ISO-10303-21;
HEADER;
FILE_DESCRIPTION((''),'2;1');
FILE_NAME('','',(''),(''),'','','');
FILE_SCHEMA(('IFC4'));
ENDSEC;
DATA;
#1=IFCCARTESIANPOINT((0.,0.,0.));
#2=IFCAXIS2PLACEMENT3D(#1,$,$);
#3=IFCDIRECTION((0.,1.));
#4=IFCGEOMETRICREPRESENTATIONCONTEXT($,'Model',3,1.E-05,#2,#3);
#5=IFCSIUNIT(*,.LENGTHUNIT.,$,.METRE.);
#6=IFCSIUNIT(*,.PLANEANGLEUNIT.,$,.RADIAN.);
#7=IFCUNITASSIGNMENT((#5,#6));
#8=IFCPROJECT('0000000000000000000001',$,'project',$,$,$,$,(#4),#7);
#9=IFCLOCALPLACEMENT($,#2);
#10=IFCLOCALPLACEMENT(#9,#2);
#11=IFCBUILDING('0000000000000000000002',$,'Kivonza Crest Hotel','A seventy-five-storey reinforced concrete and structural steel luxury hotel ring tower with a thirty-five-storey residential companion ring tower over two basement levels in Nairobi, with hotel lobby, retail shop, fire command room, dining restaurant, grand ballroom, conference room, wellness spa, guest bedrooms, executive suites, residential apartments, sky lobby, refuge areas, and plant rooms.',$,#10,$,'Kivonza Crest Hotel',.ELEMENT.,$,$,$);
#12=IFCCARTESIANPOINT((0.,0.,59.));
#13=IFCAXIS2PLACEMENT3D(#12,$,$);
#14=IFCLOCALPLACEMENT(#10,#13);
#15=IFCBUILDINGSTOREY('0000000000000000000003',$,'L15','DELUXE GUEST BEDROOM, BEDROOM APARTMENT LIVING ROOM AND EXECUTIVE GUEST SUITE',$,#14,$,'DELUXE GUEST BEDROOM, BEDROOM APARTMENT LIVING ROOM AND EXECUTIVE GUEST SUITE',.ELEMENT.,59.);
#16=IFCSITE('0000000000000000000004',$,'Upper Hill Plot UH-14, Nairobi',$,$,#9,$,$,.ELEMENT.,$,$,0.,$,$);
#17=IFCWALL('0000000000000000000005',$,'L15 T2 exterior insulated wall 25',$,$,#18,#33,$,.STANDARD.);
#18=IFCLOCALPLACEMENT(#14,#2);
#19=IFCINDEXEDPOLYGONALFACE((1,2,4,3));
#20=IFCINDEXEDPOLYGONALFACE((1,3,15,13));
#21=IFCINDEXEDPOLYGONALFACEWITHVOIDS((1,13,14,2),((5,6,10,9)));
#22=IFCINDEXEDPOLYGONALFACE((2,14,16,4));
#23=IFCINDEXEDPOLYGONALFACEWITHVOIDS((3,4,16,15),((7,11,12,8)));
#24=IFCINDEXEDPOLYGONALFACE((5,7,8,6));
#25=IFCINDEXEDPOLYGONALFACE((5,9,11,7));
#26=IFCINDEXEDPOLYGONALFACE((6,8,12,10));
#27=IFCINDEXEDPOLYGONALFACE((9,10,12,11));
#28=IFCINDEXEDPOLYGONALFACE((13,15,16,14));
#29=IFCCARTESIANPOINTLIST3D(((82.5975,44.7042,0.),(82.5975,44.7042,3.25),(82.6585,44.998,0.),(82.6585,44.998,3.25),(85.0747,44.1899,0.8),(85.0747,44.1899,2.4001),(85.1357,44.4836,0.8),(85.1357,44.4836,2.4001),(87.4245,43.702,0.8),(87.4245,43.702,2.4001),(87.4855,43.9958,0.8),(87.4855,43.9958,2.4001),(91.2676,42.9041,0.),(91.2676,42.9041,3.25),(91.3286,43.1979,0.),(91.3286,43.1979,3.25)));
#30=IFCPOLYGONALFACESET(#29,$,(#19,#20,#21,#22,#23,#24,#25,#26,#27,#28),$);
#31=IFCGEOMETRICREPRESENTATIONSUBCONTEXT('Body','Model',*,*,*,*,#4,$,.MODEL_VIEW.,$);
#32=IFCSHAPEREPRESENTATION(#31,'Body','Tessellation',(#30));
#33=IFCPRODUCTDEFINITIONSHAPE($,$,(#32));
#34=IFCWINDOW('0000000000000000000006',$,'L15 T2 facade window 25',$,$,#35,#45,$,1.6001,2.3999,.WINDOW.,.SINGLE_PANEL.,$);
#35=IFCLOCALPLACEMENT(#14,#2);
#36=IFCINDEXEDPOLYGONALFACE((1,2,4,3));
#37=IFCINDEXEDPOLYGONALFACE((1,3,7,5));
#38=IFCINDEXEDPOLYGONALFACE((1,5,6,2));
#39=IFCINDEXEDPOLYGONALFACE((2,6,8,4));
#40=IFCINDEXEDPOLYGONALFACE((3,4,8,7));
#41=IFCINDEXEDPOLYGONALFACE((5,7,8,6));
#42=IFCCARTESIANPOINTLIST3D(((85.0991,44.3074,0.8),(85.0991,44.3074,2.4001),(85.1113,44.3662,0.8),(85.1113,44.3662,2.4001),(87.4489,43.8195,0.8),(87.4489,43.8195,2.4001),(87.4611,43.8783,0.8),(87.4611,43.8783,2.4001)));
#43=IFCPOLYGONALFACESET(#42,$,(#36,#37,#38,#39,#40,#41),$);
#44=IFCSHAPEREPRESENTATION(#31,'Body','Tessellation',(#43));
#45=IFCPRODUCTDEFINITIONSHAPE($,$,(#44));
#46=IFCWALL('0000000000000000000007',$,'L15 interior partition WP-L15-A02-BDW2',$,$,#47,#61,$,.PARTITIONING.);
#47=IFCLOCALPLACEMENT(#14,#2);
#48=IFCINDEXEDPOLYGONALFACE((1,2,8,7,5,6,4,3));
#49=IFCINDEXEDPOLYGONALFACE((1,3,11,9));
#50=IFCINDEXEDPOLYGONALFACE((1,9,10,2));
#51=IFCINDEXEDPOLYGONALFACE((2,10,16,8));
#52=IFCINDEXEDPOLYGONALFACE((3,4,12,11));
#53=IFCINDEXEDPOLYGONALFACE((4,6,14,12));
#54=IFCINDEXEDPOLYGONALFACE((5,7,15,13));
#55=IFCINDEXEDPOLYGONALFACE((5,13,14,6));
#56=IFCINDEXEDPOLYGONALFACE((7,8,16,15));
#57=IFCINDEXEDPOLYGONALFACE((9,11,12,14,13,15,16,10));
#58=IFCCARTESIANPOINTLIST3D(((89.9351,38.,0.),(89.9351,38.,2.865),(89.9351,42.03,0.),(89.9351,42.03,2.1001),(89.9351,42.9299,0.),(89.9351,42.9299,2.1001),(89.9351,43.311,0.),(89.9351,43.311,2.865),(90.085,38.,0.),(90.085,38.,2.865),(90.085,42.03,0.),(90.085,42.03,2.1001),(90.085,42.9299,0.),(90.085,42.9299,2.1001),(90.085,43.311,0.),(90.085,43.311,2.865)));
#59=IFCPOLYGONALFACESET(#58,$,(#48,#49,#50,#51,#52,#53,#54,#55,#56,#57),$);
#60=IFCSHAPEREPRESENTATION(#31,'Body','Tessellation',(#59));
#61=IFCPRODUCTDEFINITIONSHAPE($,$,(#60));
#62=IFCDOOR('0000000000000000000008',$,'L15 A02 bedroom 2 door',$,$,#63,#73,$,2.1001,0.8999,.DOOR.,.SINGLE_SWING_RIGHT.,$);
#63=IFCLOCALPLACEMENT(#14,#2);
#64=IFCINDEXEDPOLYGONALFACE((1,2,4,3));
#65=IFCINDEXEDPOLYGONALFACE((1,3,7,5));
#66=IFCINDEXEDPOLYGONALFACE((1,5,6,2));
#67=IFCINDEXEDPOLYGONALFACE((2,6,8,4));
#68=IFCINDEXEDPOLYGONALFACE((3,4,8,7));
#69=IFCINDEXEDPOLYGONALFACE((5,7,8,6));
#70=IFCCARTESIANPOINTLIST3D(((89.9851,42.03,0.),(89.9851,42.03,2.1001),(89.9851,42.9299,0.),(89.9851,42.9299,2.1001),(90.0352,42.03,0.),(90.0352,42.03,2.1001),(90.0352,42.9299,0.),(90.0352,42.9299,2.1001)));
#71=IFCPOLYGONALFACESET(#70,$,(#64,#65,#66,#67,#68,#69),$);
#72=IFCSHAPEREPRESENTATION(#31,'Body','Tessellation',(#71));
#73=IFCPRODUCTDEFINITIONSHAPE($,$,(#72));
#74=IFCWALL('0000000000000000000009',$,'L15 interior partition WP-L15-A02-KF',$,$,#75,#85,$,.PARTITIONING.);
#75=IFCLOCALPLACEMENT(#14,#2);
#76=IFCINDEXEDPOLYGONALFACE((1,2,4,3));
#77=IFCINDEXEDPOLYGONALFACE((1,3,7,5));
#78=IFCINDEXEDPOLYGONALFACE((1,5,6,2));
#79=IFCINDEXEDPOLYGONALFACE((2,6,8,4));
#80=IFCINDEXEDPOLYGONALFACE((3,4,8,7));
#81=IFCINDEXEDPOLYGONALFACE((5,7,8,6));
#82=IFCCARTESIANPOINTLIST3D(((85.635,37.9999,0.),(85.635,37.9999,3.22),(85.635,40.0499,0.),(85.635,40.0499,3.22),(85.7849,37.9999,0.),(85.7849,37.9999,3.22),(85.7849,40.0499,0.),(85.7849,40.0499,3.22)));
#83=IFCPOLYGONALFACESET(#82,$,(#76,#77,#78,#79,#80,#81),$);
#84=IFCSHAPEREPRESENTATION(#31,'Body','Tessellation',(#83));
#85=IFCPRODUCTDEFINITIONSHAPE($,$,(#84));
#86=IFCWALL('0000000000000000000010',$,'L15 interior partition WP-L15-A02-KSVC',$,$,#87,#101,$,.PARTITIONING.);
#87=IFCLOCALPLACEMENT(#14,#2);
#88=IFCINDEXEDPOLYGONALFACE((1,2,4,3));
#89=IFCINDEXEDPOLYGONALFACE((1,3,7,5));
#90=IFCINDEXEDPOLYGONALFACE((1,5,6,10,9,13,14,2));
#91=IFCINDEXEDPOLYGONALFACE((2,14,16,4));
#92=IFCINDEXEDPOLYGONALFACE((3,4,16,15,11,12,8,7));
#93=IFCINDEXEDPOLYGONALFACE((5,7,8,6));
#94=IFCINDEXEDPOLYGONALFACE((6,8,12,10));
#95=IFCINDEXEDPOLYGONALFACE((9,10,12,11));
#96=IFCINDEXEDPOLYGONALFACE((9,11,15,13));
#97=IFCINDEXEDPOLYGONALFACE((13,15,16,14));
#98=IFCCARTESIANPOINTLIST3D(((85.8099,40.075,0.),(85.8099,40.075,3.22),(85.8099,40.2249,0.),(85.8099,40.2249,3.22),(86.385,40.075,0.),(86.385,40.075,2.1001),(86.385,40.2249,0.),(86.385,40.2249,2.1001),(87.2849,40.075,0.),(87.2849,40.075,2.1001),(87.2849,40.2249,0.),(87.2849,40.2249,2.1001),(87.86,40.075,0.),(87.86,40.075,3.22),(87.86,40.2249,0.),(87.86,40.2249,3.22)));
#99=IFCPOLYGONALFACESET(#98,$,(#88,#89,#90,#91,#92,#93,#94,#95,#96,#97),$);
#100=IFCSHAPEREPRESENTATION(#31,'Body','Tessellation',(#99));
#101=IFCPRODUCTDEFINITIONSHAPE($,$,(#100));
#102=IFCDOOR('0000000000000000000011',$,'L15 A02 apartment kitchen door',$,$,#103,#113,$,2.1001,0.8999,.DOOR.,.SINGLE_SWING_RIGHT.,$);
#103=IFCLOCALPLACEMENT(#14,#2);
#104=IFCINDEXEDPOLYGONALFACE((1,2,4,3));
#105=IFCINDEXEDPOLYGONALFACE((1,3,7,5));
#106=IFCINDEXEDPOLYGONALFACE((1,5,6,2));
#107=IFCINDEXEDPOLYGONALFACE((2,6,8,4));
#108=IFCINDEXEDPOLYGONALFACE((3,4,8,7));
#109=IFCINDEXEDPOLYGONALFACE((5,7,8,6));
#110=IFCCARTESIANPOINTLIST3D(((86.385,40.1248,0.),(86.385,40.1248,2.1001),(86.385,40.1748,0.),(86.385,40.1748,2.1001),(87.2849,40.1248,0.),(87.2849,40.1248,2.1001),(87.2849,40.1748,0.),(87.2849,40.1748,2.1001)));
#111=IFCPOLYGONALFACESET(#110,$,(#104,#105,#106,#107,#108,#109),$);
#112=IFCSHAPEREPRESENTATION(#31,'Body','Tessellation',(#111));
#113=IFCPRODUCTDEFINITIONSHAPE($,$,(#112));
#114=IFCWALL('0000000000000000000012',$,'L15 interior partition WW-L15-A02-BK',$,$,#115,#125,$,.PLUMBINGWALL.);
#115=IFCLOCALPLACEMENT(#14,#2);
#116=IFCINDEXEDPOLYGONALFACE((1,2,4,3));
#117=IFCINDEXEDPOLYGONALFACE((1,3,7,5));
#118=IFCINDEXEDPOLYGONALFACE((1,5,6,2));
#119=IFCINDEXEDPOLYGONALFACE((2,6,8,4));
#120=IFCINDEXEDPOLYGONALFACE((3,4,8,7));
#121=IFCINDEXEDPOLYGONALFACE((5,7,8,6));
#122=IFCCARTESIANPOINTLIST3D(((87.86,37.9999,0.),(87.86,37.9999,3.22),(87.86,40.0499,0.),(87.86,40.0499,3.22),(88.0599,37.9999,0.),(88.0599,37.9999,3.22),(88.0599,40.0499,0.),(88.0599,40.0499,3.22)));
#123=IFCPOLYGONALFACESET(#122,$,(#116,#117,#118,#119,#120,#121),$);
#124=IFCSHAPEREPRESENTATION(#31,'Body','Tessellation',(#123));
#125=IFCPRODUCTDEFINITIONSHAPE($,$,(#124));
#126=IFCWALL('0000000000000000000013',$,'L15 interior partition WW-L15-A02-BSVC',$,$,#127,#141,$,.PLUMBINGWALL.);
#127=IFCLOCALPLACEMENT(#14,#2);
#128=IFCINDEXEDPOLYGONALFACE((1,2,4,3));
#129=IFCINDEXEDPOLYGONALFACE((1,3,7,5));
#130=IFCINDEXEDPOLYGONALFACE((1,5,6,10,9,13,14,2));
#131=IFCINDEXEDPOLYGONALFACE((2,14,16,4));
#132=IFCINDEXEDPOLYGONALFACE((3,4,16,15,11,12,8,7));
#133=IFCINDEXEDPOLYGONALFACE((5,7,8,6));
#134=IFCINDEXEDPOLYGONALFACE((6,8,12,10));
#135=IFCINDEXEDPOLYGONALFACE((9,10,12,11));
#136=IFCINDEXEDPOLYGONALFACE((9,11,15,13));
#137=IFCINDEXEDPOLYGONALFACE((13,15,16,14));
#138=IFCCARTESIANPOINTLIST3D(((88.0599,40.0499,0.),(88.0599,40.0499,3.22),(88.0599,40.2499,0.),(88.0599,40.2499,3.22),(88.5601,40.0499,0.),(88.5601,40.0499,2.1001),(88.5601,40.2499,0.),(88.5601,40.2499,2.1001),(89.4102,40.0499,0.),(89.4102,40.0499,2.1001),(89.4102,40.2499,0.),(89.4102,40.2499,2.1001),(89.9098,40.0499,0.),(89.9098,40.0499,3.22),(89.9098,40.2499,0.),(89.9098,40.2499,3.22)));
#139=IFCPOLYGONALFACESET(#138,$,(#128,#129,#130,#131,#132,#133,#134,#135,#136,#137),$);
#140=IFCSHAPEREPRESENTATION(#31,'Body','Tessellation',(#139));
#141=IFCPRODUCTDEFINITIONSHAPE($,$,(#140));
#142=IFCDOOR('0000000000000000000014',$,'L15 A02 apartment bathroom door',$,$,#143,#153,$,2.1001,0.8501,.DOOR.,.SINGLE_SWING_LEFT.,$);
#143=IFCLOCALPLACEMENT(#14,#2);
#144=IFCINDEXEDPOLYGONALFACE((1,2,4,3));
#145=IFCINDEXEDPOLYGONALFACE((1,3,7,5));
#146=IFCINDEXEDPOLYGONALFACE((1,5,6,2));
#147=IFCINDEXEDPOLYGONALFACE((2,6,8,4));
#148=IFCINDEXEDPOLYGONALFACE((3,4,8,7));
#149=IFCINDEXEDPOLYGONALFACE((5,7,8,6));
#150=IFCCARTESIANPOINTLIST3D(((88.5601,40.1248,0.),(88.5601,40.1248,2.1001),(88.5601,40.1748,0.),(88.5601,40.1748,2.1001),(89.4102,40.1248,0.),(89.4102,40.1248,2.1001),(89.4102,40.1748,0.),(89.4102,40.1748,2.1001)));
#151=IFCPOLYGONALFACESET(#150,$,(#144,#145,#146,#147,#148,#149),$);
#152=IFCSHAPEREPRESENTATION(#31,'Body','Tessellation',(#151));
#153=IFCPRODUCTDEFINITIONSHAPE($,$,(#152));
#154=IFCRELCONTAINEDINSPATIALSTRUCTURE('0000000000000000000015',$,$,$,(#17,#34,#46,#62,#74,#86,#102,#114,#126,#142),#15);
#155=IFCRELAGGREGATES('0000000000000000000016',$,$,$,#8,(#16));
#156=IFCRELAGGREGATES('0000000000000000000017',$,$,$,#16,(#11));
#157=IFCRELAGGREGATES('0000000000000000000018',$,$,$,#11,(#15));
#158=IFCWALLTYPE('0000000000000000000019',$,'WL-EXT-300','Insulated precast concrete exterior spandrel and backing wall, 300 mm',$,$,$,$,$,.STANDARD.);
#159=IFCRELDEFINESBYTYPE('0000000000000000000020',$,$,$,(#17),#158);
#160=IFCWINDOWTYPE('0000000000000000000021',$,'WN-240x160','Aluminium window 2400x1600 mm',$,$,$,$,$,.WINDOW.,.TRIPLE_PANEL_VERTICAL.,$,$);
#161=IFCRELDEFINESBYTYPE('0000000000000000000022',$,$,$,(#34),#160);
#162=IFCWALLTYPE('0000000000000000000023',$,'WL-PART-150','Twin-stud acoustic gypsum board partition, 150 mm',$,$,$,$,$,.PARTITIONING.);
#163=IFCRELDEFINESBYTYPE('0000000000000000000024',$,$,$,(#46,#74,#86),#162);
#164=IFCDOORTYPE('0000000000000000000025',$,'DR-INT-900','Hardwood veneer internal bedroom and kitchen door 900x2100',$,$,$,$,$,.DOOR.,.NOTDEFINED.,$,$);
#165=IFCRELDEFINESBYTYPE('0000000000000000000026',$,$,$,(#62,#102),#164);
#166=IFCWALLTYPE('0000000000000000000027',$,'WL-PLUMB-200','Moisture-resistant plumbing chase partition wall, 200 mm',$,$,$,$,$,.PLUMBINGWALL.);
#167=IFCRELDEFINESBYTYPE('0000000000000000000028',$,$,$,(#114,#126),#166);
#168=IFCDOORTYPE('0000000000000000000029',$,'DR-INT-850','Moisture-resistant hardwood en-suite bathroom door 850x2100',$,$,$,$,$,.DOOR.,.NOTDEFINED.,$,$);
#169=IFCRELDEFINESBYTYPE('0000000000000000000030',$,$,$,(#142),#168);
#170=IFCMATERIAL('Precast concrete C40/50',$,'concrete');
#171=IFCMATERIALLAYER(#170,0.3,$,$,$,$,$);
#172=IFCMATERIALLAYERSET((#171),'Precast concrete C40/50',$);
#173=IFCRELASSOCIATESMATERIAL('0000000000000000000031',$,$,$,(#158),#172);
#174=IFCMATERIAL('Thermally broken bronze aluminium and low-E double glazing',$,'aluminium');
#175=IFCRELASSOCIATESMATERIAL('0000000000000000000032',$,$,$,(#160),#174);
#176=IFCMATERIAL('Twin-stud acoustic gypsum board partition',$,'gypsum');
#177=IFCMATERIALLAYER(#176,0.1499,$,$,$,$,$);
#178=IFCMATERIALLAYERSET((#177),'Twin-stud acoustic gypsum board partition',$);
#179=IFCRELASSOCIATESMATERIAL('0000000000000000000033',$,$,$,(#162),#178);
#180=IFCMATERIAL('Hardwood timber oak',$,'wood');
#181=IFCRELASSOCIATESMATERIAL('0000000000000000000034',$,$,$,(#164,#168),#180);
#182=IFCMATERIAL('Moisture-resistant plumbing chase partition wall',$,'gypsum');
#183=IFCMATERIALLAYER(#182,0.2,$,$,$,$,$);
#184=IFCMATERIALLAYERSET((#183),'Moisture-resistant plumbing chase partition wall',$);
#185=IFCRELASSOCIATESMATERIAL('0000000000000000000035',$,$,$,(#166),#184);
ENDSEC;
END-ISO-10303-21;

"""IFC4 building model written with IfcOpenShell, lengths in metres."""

from ifc_helpers import new_model, si_unit, direction, frame, frame_2d, origin, place, context, subcontext, project, spatial, rectangle, extrude, material, layer, layer_set, type_object, element, fill, save


model = new_model("IFC4")

# Units and contexts
model_context = context("Model", 3, precision=1e-05, world=origin(), true_north=direction((0.0, 1.0)))
body_context = subcontext(model_context, "Body", "Model", "MODEL_VIEW")
ifc_project = project(units=[si_unit("LENGTHUNIT", "METRE"), si_unit("PLANEANGLEUNIT", "RADIAN")], contexts=[model_context])

# Site, building, storey
site_placement = place(None, origin())
site = spatial("IfcSite", under=ifc_project, at=site_placement, Name="Upper Hill Plot UH-14, Nairobi", CompositionType="ELEMENT", RefElevation=0.0)
building_placement = place(site_placement, origin())
building = spatial("IfcBuilding", under=site, at=building_placement, Name="Kivonza Crest Hotel", Description="A seventy-five-storey reinforced concrete and structural steel luxury hotel ring tower with a thirty-five-storey residential companion ring tower over two basement levels in Nairobi, with hotel lobby, retail shop, fire command room, dining restaurant, grand ballroom, conference room, wellness spa, guest bedrooms, executive suites, residential apartments, sky lobby, refuge areas, and plant rooms.", LongName="Kivonza Crest Hotel", CompositionType="ELEMENT")
storey_placement = place(building_placement, frame((0.0, 0.0, 59.0)))
storey = spatial("IfcBuildingStorey", under=building, at=storey_placement, Name="L15", Description="DELUXE GUEST BEDROOM, BEDROOM APARTMENT LIVING ROOM AND EXECUTIVE GUEST SUITE", LongName="DELUXE GUEST BEDROOM, BEDROOM APARTMENT LIVING ROOM AND EXECUTIVE GUEST SUITE", CompositionType="ELEMENT", Elevation=59.0)

# Shared definitions
ifc_material_1 = material(Name="Precast concrete C40/50", Category="concrete")
ifc_layer_1 = layer(ifc_material_1, 0.3)
ifc_layer_set_1 = layer_set([ifc_layer_1], Name="Precast concrete C40/50")
wall_type_1 = type_object("IfcWallType", Name="WL-EXT-300", Description="Insulated precast concrete exterior spandrel and backing wall, 300 mm", PredefinedType="STANDARD", material=ifc_layer_set_1)

# Wall, opening, window
wall_1_placement = place(storey_placement, frame((91.2981, 43.051, 0.0), z_axis=(0.0, 0.0, 1.0), x_axis=(-0.979121, 0.203279, 0.0)))
wall_1 = element("IfcWall", 1, at=wall_1_placement, inside=storey, type_object=wall_type_1, Name="L15 T2 exterior insulated wall 25", PredefinedType="STANDARD", context=body_context, shape_type="SweptSolid", body=[
    extrude(rectangle(XDim=8.855, YDim=0.3, at=frame_2d((4.4275, 0.0))), origin(), (0.0, 0.0, 1.0), 3.25),
])
opening_1_placement = place(wall_1_placement, frame((3.925, 0.0, 0.8)))
opening_1 = element("IfcOpeningElement", 2, at=opening_1_placement, cuts=wall_1, PredefinedType="OPENING", context=body_context, shape_type="SweptSolid", body=[
    extrude(rectangle(XDim=2.3999, YDim=1.6001, at=frame_2d((1.2, 0.8))), frame((0.0, 0.1602, 0.0), z_axis=(0.0, -1.0, 0.0), x_axis=(1.0, 0.0, 0.0)), (0.0, 0.0, 1.0), 0.3201),
])
ifc_material_2 = material(Name="Thermally broken bronze aluminium and low-E double glazing", Category="aluminium")
window_type = type_object("IfcWindowType", Name="WN-240x160", Description="Aluminium window 2400x1600 mm", PartitioningType="TRIPLE_PANEL_VERTICAL", PredefinedType="WINDOW", material=ifc_material_2)
window_placement = place(opening_1_placement, origin())
window = element("IfcWindow", 3, at=window_placement, inside=storey, type_object=window_type, Name="L15 T2 facade window 25", OverallHeight=1.6001, OverallWidth=2.3999, PartitioningType="SINGLE_PANEL", PredefinedType="WINDOW", context=body_context, shape_type="SweptSolid", body=[
    extrude(rectangle(XDim=2.3999, YDim=1.6001, at=frame_2d((1.2, 0.8))), frame((0.0, 0.03, 0.0), z_axis=(0.0, -1.0, 0.0), x_axis=(1.0, 0.0, 0.0)), (0.0, 0.0, 1.0), 0.0601),
])
fill(opening_1, window)

# Wall, opening, door
ifc_material_3 = material(Name="Twin-stud acoustic gypsum board partition", Category="gypsum")
ifc_layer_2 = layer(ifc_material_3, 0.1499)
ifc_layer_set_2 = layer_set([ifc_layer_2], Name="Twin-stud acoustic gypsum board partition")
wall_type_2 = type_object("IfcWallType", Name="WL-PART-150", Description="Twin-stud acoustic gypsum board partition, 150 mm", PredefinedType="PARTITIONING", material=ifc_layer_set_2)
wall_2_placement = place(storey_placement, frame((90.01, 38.0, 0.0), z_axis=(0.0, 0.0, 1.0), x_axis=(0.0, 1.0, 0.0)))
wall_2 = element("IfcWall", 4, at=wall_2_placement, inside=storey, type_object=wall_type_2, Name="L15 interior partition WP-L15-A02-BDW2", PredefinedType="PARTITIONING", context=body_context, shape_type="SweptSolid", body=[
    extrude(rectangle(XDim=5.311, YDim=0.1499, at=frame_2d((2.6555, 0.0))), origin(), (0.0, 0.0, 1.0), 2.865),
])
opening_2_placement = place(wall_2_placement, frame((4.03, 0.0, 0.0)))
opening_2 = element("IfcOpeningElement", 5, at=opening_2_placement, cuts=wall_2, PredefinedType="OPENING", context=body_context, shape_type="SweptSolid", body=[
    extrude(rectangle(XDim=0.8999, YDim=2.1001, at=frame_2d((0.45, 1.05))), frame((0.0, 0.085, 0.0), z_axis=(0.0, -1.0, 0.0), x_axis=(1.0, 0.0, 0.0)), (0.0, 0.0, 1.0), 0.1699),
])
ifc_material_4 = material(Name="Hardwood timber oak", Category="wood")
door_type_1 = type_object("IfcDoorType", Name="DR-INT-900", Description="Hardwood veneer internal bedroom and kitchen door 900x2100", OperationType="NOTDEFINED", PredefinedType="DOOR", material=ifc_material_4)
door_1_placement = place(opening_2_placement, origin())
door_1 = element("IfcDoor", 6, at=door_1_placement, inside=storey, type_object=door_type_1, Name="L15 A02 bedroom 2 door", OperationType="SINGLE_SWING_RIGHT", OverallHeight=2.1001, OverallWidth=0.8999, PredefinedType="DOOR", context=body_context, shape_type="SweptSolid", body=[
    extrude(rectangle(XDim=0.8999, YDim=2.1001, at=frame_2d((0.45, 1.05))), frame((0.0, 0.0249, 0.0), z_axis=(0.0, -1.0, 0.0), x_axis=(1.0, 0.0, 0.0)), (0.0, 0.0, 1.0), 0.05),
])
fill(opening_2, door_1)

# Wall
wall_3_placement = place(storey_placement, frame((85.71, 38.0, 0.0), z_axis=(0.0, 0.0, 1.0), x_axis=(0.0, 1.0, 0.0)))
element("IfcWall", 7, at=wall_3_placement, inside=storey, type_object=wall_type_2, Name="L15 interior partition WP-L15-A02-KF", PredefinedType="PARTITIONING", context=body_context, shape_type="SweptSolid", body=[
    extrude(rectangle(XDim=2.05, YDim=0.1499, at=frame_2d((1.0249, 0.0))), origin(), (0.0, 0.0, 1.0), 3.22),
])

# Wall, opening, door
wall_4_placement = place(storey_placement, frame((85.8101, 40.1499, 0.0), z_axis=(0.0, 0.0, 1.0), x_axis=(1.0, 0.0, 0.0)))
wall_4 = element("IfcWall", 8, at=wall_4_placement, inside=storey, type_object=wall_type_2, Name="L15 interior partition WP-L15-A02-KSVC", PredefinedType="PARTITIONING", context=body_context, shape_type="SweptSolid", body=[
    extrude(rectangle(XDim=2.05, YDim=0.1499, at=frame_2d((1.0249, 0.0))), origin(), (0.0, 0.0, 1.0), 3.22),
])
opening_3_placement = place(wall_4_placement, frame((0.575, 0.0, 0.0)))
opening_3 = element("IfcOpeningElement", 9, at=opening_3_placement, cuts=wall_4, PredefinedType="OPENING", context=body_context, shape_type="SweptSolid", body=[
    extrude(rectangle(XDim=0.8999, YDim=2.1001, at=frame_2d((0.45, 1.05))), frame((0.0, 0.085, 0.0), z_axis=(0.0, -1.0, 0.0), x_axis=(1.0, 0.0, 0.0)), (0.0, 0.0, 1.0), 0.1699),
])
door_2_placement = place(opening_3_placement, origin())
door_2 = element("IfcDoor", 10, at=door_2_placement, inside=storey, type_object=door_type_1, Name="L15 A02 apartment kitchen door", OperationType="SINGLE_SWING_RIGHT", OverallHeight=2.1001, OverallWidth=0.8999, PredefinedType="DOOR", context=body_context, shape_type="SweptSolid", body=[
    extrude(rectangle(XDim=0.8999, YDim=2.1001, at=frame_2d((0.45, 1.05))), frame((0.0, 0.0249, 0.0), z_axis=(0.0, -1.0, 0.0), x_axis=(1.0, 0.0, 0.0)), (0.0, 0.0, 1.0), 0.05),
])
fill(opening_3, door_2)

# Wall
ifc_material_5 = material(Name="Moisture-resistant plumbing chase partition wall", Category="gypsum")
ifc_layer_3 = layer(ifc_material_5, 0.2)
ifc_layer_set_3 = layer_set([ifc_layer_3], Name="Moisture-resistant plumbing chase partition wall")
wall_type_3 = type_object("IfcWallType", Name="WL-PLUMB-200", Description="Moisture-resistant plumbing chase partition wall, 200 mm", PredefinedType="PLUMBINGWALL", material=ifc_layer_set_3)
wall_5_placement = place(storey_placement, frame((87.96, 38.0, 0.0), z_axis=(0.0, 0.0, 1.0), x_axis=(0.0, 1.0, 0.0)))
element("IfcWall", 11, at=wall_5_placement, inside=storey, type_object=wall_type_3, Name="L15 interior partition WW-L15-A02-BK", PredefinedType="PLUMBINGWALL", context=body_context, shape_type="SweptSolid", body=[
    extrude(rectangle(XDim=2.05, YDim=0.2, at=frame_2d((1.0249, 0.0))), origin(), (0.0, 0.0, 1.0), 3.22),
])

# Wall, opening, door
wall_6_placement = place(storey_placement, frame((88.0601, 40.1499, 0.0), z_axis=(0.0, 0.0, 1.0), x_axis=(1.0, 0.0, 0.0)))
wall_6 = element("IfcWall", 12, at=wall_6_placement, inside=storey, type_object=wall_type_3, Name="L15 interior partition WW-L15-A02-BSVC", PredefinedType="PLUMBINGWALL", context=body_context, shape_type="SweptSolid", body=[
    extrude(rectangle(XDim=1.8499, YDim=0.2, at=frame_2d((0.9248, 0.0))), origin(), (0.0, 0.0, 1.0), 3.22),
])
opening_4_placement = place(wall_6_placement, frame((0.5, 0.0, 0.0)))
opening_4 = element("IfcOpeningElement", 13, at=opening_4_placement, cuts=wall_6, PredefinedType="OPENING", context=body_context, shape_type="SweptSolid", body=[
    extrude(rectangle(XDim=0.8501, YDim=2.1001, at=frame_2d((0.425, 1.05))), frame((0.0, 0.1099, 0.0), z_axis=(0.0, -1.0, 0.0), x_axis=(1.0, 0.0, 0.0)), (0.0, 0.0, 1.0), 0.22),
])
door_type_2 = type_object("IfcDoorType", Name="DR-INT-850", Description="Moisture-resistant hardwood en-suite bathroom door 850x2100", OperationType="NOTDEFINED", PredefinedType="DOOR", material=ifc_material_4)
door_3_placement = place(opening_4_placement, origin())
door_3 = element("IfcDoor", 14, at=door_3_placement, inside=storey, type_object=door_type_2, Name="L15 A02 apartment bathroom door", OperationType="SINGLE_SWING_LEFT", OverallHeight=2.1001, OverallWidth=0.8501, PredefinedType="DOOR", context=body_context, shape_type="SweptSolid", body=[
    extrude(rectangle(XDim=0.8501, YDim=2.1001, at=frame_2d((0.425, 1.05))), frame((0.0, 0.0249, 0.0), z_axis=(0.0, -1.0, 0.0), x_axis=(1.0, 0.0, 0.0)), (0.0, 0.0, 1.0), 0.05),
])
fill(opening_4, door_3)

save(model, "model.ifc")
